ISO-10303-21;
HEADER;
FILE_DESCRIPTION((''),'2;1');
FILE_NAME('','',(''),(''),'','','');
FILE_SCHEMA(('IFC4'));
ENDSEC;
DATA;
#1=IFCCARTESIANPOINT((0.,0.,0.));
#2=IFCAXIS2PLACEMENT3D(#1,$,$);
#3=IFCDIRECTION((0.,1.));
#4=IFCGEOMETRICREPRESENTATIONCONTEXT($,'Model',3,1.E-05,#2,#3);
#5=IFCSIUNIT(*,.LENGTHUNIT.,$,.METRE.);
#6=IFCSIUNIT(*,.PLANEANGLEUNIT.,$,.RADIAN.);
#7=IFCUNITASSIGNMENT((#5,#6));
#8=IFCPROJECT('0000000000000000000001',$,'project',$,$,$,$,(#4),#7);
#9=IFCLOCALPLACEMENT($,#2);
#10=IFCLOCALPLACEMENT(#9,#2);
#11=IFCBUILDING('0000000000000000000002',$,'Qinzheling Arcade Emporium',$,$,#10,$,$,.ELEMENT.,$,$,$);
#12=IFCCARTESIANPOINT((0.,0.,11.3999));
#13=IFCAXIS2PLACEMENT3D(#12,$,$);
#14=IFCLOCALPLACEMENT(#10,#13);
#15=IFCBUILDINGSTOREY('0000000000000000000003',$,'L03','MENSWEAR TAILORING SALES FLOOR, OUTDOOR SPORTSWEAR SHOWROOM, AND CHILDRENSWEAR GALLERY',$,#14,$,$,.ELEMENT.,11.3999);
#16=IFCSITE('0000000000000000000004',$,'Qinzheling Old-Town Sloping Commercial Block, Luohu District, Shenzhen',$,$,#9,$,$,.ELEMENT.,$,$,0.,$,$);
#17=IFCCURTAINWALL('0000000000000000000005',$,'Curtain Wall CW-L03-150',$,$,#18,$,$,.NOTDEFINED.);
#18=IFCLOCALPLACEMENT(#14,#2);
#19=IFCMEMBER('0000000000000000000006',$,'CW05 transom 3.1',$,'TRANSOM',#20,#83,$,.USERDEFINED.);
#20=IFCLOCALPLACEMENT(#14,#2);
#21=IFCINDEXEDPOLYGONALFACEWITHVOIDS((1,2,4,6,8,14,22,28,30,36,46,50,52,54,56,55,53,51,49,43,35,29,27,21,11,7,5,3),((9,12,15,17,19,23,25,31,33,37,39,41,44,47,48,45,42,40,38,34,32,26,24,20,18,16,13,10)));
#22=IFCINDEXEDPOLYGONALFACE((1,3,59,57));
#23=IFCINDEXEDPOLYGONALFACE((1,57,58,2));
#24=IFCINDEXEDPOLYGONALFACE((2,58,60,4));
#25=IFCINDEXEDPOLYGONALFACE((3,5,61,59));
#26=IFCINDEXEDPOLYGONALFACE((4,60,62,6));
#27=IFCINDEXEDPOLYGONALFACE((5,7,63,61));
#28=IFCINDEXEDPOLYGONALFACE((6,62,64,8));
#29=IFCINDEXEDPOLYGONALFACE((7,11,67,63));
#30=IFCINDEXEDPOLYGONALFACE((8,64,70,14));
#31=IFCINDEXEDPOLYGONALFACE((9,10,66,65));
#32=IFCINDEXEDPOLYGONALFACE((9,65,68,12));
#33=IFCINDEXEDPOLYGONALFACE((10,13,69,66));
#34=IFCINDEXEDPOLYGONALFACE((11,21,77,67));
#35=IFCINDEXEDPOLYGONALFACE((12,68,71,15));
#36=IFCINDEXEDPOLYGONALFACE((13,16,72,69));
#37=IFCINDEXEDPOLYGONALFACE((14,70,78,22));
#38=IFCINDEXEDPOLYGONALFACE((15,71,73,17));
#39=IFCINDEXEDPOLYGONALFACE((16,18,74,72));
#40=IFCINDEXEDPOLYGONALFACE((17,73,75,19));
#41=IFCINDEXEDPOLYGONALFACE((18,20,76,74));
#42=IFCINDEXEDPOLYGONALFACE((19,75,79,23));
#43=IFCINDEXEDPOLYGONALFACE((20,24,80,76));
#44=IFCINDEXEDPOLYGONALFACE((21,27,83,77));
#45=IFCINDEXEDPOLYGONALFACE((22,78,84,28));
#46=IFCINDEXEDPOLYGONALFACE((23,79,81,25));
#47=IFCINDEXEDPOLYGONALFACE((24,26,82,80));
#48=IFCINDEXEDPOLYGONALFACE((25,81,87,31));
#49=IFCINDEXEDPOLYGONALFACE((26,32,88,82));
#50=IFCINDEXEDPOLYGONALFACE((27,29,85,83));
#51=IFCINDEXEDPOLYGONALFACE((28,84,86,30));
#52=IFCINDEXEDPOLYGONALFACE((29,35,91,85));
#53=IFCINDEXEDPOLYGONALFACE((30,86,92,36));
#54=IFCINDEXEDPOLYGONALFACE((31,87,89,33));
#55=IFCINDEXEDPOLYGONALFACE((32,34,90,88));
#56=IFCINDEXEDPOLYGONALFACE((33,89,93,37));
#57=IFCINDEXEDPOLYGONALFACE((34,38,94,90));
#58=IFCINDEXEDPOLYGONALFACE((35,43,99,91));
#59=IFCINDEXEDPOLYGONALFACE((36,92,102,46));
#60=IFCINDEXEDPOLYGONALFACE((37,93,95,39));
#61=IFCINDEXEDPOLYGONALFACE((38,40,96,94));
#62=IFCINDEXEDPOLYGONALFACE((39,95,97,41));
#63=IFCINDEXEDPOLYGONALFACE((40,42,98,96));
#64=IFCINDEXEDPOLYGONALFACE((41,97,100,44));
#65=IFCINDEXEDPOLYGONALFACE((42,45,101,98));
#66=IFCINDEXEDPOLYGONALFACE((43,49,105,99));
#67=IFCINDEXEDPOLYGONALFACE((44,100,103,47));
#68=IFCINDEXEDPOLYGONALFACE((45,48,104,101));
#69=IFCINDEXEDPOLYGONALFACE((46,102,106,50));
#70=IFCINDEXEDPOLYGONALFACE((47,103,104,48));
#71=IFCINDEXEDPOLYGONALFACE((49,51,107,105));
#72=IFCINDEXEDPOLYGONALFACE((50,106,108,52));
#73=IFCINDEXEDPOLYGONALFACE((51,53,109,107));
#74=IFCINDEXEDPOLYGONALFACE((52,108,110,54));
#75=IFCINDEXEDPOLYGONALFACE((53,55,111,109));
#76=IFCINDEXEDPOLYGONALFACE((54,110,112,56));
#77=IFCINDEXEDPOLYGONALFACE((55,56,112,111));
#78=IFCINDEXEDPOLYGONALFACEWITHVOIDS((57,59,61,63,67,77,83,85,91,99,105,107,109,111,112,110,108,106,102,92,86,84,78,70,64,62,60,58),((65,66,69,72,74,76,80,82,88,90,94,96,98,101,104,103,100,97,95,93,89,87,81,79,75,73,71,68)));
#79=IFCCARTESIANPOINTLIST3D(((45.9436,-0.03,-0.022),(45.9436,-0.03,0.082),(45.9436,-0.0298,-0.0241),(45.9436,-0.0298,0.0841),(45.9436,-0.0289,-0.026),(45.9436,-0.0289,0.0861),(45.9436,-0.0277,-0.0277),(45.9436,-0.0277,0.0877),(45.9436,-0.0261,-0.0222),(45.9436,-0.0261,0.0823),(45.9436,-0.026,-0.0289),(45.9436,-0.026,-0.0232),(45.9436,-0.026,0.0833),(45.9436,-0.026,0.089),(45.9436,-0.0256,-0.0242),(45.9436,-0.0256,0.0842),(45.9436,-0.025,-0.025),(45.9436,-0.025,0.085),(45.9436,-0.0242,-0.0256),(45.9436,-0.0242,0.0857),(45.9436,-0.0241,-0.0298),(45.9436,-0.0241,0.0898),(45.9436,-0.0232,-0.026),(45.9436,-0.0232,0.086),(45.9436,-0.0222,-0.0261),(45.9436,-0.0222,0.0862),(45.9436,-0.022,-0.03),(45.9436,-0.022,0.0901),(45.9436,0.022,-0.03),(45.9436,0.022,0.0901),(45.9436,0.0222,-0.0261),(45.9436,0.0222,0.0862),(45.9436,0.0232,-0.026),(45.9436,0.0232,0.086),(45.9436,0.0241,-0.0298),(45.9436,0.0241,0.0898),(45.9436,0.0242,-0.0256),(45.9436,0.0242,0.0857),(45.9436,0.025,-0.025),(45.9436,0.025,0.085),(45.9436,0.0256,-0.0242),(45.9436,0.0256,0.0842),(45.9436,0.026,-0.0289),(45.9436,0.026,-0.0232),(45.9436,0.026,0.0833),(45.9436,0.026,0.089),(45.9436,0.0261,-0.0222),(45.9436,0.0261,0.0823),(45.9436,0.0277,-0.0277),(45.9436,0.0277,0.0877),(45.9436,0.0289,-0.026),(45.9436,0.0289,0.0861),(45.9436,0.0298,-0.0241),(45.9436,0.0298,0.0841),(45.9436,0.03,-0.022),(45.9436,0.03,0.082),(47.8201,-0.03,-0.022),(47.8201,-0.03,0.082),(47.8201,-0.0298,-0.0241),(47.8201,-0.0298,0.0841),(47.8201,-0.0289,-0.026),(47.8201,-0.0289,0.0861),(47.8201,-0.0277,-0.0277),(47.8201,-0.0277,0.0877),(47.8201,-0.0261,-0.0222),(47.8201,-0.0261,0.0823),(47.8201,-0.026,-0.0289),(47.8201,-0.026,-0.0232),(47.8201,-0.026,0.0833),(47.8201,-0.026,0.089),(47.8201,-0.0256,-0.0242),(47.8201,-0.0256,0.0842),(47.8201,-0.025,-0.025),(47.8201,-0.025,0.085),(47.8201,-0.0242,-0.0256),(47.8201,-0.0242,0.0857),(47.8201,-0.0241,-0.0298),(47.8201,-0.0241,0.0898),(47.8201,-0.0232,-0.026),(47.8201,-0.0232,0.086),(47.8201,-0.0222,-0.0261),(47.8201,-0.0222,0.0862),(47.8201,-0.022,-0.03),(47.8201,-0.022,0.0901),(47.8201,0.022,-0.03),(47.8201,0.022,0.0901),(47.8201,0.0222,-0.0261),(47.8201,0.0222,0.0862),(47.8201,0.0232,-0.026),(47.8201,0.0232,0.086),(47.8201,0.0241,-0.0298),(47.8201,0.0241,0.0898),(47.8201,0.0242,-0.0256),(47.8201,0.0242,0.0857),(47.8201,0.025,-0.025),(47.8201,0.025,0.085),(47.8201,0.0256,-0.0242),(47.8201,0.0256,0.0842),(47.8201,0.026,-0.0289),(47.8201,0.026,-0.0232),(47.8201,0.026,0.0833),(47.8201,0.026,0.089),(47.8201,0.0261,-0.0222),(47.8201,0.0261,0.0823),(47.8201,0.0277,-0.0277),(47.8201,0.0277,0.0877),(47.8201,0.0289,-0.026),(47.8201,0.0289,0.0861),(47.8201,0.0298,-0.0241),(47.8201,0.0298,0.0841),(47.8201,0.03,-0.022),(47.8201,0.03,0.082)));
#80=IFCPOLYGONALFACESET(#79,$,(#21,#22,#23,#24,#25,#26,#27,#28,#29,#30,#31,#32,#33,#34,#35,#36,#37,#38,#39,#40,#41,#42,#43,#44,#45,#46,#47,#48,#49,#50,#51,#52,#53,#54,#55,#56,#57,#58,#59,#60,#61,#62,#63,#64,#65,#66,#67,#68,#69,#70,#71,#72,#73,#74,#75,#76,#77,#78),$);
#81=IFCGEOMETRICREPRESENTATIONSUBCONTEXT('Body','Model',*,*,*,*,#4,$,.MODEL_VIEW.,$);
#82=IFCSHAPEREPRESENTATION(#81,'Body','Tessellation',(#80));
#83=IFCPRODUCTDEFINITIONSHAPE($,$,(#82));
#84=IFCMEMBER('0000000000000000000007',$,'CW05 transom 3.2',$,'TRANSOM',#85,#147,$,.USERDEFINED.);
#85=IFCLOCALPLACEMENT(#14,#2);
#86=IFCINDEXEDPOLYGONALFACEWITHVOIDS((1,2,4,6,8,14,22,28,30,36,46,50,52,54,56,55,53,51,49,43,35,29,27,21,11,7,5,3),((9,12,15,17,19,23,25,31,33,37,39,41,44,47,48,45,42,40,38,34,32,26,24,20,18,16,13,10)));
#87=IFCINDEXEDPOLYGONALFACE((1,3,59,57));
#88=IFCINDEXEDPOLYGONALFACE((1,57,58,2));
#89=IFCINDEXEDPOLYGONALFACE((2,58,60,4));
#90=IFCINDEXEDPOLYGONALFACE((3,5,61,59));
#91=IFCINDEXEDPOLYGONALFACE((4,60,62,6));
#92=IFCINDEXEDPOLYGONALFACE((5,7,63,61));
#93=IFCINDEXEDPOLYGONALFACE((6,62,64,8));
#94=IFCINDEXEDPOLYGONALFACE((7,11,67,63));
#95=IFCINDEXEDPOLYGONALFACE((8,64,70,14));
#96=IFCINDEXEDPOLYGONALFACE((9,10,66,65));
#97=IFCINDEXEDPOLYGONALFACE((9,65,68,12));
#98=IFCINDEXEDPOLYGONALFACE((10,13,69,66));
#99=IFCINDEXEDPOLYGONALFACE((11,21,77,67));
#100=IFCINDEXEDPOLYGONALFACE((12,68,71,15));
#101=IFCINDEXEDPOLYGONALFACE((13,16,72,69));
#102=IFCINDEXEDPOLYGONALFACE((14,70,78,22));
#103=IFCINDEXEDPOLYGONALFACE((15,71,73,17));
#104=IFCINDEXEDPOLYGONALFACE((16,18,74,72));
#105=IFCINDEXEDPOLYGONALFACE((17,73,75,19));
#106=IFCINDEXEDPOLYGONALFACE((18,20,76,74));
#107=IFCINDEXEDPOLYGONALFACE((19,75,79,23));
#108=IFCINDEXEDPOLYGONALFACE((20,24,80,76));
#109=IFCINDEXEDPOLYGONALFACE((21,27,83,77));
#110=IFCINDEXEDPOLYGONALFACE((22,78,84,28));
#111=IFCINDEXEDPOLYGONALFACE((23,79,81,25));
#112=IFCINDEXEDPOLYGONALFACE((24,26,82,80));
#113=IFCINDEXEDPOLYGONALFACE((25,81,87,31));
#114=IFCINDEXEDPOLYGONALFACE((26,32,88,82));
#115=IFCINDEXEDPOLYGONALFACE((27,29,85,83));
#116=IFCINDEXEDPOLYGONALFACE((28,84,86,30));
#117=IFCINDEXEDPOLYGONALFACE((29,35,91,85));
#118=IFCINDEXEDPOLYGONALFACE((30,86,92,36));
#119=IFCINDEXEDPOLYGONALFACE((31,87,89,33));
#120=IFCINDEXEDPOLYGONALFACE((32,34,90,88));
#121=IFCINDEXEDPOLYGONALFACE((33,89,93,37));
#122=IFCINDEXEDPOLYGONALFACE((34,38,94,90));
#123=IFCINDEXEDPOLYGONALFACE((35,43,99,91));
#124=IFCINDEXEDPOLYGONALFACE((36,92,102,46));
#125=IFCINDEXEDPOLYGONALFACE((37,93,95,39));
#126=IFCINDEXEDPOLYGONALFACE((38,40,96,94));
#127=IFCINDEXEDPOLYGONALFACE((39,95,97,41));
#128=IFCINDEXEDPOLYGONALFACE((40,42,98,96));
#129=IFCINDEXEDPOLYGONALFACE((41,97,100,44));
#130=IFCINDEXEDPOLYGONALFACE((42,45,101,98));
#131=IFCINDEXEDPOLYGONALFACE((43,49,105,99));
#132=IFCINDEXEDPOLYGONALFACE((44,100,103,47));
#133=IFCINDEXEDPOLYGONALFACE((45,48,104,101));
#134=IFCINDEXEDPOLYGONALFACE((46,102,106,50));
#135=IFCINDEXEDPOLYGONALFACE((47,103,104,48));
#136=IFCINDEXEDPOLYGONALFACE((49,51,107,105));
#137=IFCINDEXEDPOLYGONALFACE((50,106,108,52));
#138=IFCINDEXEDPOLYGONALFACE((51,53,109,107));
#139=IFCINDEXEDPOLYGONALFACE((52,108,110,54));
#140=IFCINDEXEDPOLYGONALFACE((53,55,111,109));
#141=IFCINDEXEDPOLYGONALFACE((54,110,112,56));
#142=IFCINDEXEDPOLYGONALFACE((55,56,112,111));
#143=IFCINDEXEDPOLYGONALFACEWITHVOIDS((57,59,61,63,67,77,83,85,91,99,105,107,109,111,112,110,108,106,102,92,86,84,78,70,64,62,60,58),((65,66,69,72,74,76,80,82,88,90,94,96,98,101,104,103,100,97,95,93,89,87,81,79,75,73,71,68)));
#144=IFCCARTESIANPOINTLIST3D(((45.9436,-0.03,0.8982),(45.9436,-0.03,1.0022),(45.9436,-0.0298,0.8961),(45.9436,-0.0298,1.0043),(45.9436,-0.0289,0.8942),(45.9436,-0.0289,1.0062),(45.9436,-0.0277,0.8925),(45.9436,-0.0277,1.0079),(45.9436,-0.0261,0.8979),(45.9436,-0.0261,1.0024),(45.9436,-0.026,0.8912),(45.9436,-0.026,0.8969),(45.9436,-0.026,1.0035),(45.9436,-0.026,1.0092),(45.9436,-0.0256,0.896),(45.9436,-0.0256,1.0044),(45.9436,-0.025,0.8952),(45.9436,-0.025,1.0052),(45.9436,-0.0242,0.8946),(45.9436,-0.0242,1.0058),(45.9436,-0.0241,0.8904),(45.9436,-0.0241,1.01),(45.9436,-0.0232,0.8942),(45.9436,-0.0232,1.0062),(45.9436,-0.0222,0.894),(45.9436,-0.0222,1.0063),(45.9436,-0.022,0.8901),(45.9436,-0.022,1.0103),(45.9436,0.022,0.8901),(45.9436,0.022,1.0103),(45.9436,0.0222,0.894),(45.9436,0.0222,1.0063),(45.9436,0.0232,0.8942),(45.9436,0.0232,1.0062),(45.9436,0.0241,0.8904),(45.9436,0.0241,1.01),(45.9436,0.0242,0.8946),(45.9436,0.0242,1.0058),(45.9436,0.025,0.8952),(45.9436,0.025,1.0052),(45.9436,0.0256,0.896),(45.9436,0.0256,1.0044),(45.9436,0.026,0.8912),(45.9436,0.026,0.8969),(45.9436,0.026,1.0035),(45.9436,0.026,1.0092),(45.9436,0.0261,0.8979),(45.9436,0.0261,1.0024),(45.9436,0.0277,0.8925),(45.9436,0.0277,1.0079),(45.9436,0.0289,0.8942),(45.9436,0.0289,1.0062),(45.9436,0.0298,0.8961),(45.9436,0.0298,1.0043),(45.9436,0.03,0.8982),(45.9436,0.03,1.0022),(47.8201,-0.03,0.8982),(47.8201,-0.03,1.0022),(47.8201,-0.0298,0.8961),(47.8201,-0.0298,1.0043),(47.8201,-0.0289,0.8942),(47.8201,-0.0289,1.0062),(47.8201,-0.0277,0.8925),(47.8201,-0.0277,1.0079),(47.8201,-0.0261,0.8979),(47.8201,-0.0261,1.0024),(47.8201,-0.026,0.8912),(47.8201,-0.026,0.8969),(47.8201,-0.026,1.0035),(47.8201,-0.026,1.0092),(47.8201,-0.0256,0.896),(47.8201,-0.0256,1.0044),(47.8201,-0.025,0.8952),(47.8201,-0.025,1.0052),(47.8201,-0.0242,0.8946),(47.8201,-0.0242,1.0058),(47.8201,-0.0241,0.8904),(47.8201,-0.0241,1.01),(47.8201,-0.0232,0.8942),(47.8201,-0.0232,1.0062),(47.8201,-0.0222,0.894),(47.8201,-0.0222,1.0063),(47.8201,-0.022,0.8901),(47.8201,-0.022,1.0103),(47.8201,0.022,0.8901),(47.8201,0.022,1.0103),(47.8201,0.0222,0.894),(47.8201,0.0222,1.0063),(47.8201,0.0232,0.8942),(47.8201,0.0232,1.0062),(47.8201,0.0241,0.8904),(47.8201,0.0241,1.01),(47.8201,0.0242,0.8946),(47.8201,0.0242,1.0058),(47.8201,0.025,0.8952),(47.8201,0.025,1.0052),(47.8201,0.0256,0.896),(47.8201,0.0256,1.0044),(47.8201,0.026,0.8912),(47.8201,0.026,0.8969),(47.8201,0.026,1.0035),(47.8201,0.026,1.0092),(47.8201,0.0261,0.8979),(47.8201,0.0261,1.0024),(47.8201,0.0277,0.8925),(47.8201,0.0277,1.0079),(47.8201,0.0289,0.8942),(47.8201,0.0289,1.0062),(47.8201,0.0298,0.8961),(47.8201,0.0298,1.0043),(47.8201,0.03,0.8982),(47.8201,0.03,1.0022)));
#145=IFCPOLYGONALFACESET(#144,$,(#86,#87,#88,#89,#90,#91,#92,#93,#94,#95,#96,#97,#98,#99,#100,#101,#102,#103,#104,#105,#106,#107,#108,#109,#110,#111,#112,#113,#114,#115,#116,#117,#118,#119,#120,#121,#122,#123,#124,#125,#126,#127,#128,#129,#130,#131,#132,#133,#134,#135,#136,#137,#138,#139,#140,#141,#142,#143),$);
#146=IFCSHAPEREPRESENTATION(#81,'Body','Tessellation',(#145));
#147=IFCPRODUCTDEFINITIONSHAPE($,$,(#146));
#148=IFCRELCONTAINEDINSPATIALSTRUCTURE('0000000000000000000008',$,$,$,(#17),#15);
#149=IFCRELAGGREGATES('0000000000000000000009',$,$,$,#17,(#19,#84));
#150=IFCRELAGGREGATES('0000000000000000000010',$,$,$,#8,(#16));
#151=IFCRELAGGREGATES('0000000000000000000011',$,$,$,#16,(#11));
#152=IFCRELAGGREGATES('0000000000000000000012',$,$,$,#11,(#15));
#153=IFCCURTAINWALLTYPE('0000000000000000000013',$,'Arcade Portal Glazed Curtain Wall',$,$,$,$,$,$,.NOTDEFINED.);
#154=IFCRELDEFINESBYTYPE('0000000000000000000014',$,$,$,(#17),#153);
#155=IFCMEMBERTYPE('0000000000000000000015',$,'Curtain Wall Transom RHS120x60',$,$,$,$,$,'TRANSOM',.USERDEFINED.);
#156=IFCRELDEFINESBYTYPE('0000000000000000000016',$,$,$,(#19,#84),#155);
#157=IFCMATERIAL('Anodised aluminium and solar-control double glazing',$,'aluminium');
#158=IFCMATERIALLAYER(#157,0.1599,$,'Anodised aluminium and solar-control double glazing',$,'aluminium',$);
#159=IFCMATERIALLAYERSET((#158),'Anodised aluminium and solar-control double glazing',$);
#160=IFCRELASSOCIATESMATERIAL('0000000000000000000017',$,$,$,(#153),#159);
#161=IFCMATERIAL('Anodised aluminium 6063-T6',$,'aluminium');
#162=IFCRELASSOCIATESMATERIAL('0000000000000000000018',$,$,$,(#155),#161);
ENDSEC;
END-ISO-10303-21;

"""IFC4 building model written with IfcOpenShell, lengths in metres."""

from ifc_helpers import new_model, si_unit, direction, frame, origin, origin_2d, place, context, subcontext, project, spatial, hollow_rectangle, extrude, material, layer, layer_set, material_profile, profile_set, type_object, element, aggregate, save


model = new_model("IFC4")

# Units and contexts
model_context = context("Model", 3, precision=1e-05, world=origin(), true_north=direction((0.0, 1.0)))
body_context = subcontext(model_context, "Body", "Model", "MODEL_VIEW")
ifc_project = project(units=[si_unit("LENGTHUNIT", "METRE"), si_unit("PLANEANGLEUNIT", "RADIAN")], contexts=[model_context])

# Site, building, storey
site_placement = place(None, origin())
site = spatial("IfcSite", under=ifc_project, at=site_placement, Name="Qinzheling Old-Town Sloping Commercial Block, Luohu District, Shenzhen", CompositionType="ELEMENT", RefElevation=0.0)
building_placement = place(site_placement, origin())
building = spatial("IfcBuilding", under=site, at=building_placement, Name="Qinzheling Arcade Emporium", CompositionType="ELEMENT")
storey_placement = place(building_placement, frame((0.0, 0.0, 11.3999)))
storey = spatial("IfcBuildingStorey", under=building, at=storey_placement, Name="L03", Description="MENSWEAR TAILORING SALES FLOOR, OUTDOOR SPORTSWEAR SHOWROOM, AND CHILDRENSWEAR GALLERY", CompositionType="ELEMENT", Elevation=11.3999)

# Curtain wall, members
ifc_material_1 = material(Name="Anodised aluminium and solar-control double glazing", Category="aluminium")
ifc_layer_1 = layer(ifc_material_1, 0.1599, Name="Anodised aluminium and solar-control double glazing", Category="aluminium")
ifc_layer_set_1 = layer_set([ifc_layer_1], Name="Anodised aluminium and solar-control double glazing")
curtain_wall_type = type_object("IfcCurtainWallType", Name="Arcade Portal Glazed Curtain Wall", PredefinedType="NOTDEFINED", material=ifc_layer_set_1)
curtain_wall_placement = place(storey_placement, origin())
curtain_wall = element("IfcCurtainWall", 1, at=curtain_wall_placement, inside=storey, type_object=curtain_wall_type, Name="Curtain Wall CW-L03-150", PredefinedType="NOTDEFINED")
ifc_material_2 = material(Name="Anodised aluminium 6063-T6", Category="aluminium")
ifc_material_profile_1 = material_profile(ifc_material_2, hollow_rectangle(XDim=0.0601, YDim=0.1201, WallThickness=0.0039, InnerFilletRadius=0.0039, OuterFilletRadius=0.0081, at=origin_2d()), Name="RHS 120x60x4", Category="aluminium")
ifc_profile_set_1 = profile_set([ifc_material_profile_1], Name="Anodised aluminium 6063-T6")
member_type_1 = type_object("IfcMemberType", Name="Curtain Wall Transom RHS120x60", ElementType="TRANSOM", PredefinedType="USERDEFINED", material=ifc_profile_set_1)
member_1_placement = place(storey_placement, frame((47.8201, 0.0, 0.03), z_axis=(-1.0, 0.0, 0.0), x_axis=(0.0, -1.0, 0.0)))
member_1 = element("IfcMember", 2, at=member_1_placement, type_object=member_type_1, Name="CW05 transom 3.1", ObjectType="TRANSOM", PredefinedType="USERDEFINED", context=body_context, shape_type="SweptSolid", body=[
    extrude(hollow_rectangle(XDim=0.0601, YDim=0.1201, WallThickness=0.0039, InnerFilletRadius=0.0039, OuterFilletRadius=0.0081, at=origin_2d()), origin(), (0.0, 0.0, 1.0), 1.8765),
])
member_2_placement = place(storey_placement, frame((47.8201, 0.0, 0.9502), z_axis=(-1.0, 0.0, 0.0), x_axis=(0.0, -1.0, 0.0)))
member_2 = element("IfcMember", 3, at=member_2_placement, type_object=member_type_1, Name="CW05 transom 3.2", ObjectType="TRANSOM", PredefinedType="USERDEFINED", context=body_context, shape_type="SweptSolid", body=[
    extrude(hollow_rectangle(XDim=0.0601, YDim=0.1201, WallThickness=0.0039, InnerFilletRadius=0.0039, OuterFilletRadius=0.0081, at=origin_2d()), origin(), (0.0, 0.0, 1.0), 1.8765),
])

aggregate(curtain_wall, [member_1, member_2])

save(model, "model.ifc")
